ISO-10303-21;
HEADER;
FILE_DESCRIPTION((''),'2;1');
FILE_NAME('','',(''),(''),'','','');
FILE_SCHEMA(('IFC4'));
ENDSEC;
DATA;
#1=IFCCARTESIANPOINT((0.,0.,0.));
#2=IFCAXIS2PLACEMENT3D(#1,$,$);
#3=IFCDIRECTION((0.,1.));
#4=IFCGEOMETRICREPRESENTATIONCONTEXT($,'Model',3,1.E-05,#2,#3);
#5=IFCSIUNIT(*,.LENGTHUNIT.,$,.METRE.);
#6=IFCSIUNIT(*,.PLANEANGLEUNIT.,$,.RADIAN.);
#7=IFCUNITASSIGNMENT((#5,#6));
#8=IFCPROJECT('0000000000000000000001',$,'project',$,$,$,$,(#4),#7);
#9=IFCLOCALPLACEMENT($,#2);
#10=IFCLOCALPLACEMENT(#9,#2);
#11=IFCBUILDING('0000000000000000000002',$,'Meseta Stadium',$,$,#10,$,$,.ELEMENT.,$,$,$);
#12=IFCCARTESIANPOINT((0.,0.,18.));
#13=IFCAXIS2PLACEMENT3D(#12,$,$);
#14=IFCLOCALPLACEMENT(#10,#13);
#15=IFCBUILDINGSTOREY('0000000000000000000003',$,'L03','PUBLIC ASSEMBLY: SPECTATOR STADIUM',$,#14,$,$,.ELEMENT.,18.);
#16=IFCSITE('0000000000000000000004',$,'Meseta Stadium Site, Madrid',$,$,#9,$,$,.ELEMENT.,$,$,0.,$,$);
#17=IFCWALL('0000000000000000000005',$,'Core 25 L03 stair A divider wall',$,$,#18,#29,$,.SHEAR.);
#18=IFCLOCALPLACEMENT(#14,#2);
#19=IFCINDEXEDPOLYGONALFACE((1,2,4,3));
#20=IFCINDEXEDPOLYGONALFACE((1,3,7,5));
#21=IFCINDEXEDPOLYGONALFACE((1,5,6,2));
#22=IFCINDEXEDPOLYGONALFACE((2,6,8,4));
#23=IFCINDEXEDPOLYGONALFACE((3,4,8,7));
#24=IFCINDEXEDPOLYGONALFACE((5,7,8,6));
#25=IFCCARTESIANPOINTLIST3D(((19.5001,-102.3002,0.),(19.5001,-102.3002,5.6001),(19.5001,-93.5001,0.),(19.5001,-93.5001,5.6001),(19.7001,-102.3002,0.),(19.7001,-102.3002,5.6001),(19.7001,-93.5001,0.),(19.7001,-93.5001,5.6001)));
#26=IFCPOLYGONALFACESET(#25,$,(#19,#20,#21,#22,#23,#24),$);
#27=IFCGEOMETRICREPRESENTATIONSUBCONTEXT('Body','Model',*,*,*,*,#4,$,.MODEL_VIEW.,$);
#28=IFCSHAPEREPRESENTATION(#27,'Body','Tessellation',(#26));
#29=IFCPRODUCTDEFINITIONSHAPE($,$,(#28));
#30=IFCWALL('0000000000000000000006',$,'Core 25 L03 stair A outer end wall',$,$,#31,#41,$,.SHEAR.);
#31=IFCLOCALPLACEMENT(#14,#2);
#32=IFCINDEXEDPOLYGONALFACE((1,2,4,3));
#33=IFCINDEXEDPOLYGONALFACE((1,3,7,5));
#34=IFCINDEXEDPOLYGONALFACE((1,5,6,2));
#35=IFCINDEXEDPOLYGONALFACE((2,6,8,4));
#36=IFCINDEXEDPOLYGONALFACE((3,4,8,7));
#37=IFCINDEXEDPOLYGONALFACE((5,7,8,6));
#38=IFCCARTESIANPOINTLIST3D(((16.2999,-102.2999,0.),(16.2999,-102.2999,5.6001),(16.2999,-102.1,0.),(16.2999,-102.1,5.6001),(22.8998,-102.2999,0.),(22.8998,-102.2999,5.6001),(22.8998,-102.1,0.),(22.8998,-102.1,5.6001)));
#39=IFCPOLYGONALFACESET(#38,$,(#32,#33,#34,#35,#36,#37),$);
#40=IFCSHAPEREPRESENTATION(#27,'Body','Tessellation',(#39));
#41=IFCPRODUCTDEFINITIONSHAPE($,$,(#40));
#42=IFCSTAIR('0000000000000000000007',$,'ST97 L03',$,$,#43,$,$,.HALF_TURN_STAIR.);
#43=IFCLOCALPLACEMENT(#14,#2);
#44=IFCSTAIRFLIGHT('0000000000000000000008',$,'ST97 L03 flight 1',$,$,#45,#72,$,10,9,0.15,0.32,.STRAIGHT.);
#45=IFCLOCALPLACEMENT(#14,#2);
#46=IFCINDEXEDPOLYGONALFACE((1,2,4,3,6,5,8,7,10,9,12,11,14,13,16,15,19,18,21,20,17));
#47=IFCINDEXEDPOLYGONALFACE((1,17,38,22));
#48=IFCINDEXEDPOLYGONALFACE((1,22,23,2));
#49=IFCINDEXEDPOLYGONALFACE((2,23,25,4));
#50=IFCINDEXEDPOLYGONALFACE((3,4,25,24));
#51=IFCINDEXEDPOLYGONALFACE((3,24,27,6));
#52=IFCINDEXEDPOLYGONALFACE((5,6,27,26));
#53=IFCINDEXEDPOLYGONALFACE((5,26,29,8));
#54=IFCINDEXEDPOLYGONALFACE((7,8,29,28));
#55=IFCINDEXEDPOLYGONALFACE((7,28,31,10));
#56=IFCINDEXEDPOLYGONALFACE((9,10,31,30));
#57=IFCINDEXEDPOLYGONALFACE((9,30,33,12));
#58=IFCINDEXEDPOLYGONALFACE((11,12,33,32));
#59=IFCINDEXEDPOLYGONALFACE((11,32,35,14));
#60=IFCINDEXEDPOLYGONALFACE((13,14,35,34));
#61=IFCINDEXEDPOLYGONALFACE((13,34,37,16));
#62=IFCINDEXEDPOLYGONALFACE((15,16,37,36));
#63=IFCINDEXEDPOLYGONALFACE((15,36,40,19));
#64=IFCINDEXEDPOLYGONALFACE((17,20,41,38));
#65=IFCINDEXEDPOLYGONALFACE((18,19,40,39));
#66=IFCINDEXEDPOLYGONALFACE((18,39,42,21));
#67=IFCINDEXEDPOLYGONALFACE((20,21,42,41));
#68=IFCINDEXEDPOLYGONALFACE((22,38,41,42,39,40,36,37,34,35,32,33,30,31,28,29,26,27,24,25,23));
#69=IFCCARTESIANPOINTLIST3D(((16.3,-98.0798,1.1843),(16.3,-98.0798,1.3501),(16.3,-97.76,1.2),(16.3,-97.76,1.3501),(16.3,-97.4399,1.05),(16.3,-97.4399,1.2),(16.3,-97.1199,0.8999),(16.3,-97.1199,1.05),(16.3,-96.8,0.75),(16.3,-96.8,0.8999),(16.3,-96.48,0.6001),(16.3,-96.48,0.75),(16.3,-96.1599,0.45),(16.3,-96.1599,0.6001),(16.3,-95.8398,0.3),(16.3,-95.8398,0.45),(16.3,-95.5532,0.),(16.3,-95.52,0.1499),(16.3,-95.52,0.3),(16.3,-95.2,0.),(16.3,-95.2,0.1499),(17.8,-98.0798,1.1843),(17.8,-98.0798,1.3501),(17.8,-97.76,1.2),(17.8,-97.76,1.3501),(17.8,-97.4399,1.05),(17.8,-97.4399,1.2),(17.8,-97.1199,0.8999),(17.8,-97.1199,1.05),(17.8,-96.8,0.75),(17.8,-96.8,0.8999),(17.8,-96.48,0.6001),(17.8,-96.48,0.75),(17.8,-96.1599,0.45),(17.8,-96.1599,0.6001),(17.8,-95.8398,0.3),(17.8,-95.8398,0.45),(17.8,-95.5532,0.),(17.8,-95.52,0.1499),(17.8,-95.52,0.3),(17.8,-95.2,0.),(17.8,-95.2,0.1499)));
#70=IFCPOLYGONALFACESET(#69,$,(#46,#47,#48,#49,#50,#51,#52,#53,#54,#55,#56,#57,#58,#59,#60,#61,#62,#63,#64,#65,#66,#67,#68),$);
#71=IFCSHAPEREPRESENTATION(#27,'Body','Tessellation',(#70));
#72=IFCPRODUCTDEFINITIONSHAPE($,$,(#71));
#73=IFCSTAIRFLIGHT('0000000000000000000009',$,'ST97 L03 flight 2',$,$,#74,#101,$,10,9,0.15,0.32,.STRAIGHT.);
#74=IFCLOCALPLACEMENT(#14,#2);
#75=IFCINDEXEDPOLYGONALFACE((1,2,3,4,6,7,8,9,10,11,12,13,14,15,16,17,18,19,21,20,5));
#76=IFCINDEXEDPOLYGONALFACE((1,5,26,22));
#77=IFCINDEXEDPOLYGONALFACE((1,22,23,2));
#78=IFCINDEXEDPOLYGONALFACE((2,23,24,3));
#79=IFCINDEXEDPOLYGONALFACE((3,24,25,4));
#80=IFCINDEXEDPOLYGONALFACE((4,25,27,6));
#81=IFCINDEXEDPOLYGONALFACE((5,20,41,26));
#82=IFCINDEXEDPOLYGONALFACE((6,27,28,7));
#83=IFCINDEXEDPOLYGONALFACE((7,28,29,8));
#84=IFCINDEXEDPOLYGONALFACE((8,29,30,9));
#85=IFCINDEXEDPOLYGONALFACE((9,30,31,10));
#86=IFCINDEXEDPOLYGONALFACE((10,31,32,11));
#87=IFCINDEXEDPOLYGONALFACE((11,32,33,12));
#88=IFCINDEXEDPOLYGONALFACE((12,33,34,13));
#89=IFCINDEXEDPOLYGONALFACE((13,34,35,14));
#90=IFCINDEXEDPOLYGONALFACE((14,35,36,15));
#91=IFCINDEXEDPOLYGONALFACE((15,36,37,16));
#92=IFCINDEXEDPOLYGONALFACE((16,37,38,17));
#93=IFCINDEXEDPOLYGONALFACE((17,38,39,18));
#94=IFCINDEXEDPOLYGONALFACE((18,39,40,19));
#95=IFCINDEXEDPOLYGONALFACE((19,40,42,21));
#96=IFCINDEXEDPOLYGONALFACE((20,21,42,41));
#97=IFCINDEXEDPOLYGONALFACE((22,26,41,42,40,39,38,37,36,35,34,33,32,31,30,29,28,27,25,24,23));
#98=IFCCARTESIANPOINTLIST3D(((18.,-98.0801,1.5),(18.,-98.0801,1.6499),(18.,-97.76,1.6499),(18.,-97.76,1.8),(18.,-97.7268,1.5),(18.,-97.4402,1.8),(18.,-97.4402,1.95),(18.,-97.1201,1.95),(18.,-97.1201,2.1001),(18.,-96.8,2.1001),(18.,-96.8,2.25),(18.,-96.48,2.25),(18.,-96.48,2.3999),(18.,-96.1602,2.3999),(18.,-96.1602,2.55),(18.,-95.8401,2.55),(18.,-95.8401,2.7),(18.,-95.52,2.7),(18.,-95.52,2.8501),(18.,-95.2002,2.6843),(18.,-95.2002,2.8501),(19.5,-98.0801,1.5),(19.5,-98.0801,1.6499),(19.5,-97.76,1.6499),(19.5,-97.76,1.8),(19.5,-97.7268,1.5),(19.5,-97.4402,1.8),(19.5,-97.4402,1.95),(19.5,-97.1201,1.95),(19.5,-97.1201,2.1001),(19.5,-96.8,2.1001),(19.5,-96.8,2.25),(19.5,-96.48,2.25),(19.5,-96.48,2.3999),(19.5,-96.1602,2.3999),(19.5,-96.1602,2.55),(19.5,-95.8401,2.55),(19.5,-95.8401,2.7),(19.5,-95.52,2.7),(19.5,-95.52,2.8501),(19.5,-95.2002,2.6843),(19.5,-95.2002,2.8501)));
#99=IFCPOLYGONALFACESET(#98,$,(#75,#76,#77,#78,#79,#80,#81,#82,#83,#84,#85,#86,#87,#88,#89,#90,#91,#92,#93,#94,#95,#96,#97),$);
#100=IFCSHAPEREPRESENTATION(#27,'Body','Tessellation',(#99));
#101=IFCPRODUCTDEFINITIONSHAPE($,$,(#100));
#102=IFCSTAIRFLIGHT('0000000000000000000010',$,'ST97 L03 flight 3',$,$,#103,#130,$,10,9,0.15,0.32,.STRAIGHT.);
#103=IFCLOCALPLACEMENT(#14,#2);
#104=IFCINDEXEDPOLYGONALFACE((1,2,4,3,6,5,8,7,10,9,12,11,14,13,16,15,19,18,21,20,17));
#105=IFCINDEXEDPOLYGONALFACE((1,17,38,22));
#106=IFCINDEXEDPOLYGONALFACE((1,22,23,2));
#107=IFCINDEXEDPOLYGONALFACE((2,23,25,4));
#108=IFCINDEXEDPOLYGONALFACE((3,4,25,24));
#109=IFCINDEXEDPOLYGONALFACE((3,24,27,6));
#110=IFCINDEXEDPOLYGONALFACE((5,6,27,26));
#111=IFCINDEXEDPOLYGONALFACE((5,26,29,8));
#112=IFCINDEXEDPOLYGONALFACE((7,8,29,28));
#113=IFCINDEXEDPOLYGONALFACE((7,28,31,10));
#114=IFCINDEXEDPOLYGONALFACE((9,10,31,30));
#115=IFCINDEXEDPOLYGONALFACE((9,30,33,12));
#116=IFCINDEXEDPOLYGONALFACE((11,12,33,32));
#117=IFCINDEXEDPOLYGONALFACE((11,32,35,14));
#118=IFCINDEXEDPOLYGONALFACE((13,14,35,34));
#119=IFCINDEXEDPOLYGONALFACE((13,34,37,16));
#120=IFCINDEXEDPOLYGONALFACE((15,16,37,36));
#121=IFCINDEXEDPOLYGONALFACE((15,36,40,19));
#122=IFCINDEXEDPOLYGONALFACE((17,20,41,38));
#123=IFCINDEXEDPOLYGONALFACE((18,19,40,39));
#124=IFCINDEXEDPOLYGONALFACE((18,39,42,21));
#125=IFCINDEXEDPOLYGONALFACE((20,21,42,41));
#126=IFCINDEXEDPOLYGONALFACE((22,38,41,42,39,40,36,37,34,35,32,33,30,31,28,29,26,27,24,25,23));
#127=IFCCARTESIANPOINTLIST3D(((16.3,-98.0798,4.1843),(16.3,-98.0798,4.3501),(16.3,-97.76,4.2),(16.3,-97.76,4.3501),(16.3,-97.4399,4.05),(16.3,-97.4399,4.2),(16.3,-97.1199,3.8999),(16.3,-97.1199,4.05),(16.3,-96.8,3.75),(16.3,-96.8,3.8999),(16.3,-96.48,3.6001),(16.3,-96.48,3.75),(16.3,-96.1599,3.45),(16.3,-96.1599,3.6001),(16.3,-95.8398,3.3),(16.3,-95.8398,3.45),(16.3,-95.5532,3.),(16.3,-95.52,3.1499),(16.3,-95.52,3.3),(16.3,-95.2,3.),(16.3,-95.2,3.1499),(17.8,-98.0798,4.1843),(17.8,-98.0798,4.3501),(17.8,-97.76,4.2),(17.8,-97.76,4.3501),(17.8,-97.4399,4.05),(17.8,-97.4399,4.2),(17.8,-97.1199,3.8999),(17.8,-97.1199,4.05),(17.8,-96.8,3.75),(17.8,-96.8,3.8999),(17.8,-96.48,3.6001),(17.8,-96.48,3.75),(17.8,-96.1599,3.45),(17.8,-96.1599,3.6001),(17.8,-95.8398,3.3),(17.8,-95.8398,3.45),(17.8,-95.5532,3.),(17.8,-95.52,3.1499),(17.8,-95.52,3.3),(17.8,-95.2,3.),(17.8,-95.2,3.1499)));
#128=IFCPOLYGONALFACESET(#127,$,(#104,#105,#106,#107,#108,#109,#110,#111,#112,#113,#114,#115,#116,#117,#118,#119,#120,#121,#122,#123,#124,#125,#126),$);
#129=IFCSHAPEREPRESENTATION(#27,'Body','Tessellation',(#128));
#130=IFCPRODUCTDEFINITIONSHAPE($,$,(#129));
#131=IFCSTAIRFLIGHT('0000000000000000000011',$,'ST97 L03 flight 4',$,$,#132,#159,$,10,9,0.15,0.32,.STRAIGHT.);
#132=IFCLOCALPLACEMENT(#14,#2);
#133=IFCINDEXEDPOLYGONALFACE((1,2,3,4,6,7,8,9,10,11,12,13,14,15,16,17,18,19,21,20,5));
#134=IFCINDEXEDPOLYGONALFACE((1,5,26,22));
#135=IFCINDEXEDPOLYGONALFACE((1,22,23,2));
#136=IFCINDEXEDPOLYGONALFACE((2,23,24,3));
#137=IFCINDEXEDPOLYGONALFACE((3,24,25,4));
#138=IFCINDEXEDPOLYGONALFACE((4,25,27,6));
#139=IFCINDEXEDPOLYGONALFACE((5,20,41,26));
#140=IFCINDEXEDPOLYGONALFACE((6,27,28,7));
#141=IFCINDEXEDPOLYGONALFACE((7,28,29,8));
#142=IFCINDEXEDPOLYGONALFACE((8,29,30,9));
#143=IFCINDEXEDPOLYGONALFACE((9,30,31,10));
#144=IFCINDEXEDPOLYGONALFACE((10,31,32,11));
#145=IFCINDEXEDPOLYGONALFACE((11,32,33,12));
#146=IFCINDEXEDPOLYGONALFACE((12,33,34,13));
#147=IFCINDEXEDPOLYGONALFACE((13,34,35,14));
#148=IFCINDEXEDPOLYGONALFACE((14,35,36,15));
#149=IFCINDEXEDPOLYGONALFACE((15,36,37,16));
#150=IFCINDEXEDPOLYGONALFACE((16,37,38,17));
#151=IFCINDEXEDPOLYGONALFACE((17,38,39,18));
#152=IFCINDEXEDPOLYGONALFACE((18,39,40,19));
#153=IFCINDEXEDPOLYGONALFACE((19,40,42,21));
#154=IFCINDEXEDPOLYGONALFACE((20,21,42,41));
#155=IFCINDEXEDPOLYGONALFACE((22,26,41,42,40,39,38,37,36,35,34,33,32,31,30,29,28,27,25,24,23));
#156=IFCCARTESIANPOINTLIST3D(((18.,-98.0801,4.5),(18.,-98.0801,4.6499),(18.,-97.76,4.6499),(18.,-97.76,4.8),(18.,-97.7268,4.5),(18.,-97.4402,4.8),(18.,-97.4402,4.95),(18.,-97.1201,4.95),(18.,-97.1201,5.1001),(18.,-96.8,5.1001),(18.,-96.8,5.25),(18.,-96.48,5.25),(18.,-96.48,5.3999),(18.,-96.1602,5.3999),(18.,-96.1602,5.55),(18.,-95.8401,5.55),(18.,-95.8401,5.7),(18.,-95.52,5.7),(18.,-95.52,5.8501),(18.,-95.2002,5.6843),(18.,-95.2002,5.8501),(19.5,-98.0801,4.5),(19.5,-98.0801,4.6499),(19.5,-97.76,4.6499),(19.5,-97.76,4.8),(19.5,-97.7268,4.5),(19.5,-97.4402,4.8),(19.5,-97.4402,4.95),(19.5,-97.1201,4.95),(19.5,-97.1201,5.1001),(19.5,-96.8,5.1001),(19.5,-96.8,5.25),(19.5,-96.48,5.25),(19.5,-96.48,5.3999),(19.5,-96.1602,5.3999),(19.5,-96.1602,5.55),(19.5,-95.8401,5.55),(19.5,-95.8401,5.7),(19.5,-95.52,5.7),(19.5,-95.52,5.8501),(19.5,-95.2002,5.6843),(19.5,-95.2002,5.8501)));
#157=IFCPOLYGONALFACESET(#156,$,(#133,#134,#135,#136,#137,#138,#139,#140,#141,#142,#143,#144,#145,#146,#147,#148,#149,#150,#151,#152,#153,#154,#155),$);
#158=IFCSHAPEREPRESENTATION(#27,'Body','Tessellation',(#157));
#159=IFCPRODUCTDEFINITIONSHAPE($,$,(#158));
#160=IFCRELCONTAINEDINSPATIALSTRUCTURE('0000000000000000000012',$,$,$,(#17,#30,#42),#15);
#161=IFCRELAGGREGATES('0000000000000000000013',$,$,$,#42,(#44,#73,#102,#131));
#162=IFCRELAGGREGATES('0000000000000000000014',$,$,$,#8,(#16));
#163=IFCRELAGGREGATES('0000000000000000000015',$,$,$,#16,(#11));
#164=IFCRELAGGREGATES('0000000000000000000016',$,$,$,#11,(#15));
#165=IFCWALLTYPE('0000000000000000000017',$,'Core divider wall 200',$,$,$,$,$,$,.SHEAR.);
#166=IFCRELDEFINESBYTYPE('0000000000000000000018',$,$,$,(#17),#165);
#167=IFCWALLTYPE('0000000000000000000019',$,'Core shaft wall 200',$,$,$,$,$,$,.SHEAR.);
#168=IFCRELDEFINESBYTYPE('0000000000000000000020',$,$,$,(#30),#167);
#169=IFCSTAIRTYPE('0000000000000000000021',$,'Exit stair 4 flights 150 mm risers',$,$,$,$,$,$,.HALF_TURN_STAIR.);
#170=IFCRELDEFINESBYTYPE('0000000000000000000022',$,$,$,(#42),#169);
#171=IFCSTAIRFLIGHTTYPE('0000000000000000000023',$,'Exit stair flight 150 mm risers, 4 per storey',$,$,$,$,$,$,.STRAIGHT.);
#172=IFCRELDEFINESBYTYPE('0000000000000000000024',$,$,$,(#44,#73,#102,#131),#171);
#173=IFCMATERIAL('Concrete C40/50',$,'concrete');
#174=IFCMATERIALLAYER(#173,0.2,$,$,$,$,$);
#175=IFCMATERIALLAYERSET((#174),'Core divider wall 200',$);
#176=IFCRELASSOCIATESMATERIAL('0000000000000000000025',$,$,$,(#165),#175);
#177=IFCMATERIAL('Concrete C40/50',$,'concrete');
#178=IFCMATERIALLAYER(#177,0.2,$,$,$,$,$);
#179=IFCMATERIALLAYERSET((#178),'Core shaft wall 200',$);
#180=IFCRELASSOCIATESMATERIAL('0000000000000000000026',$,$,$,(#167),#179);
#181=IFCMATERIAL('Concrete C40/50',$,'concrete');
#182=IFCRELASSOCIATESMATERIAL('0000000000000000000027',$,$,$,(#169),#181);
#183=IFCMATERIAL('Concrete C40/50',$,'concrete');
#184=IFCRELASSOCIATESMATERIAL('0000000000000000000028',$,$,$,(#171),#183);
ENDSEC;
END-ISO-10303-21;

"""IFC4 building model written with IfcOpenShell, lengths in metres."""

from ifc_helpers import new_model, si_unit, direction, frame, frame_2d, origin, place, context, subcontext, project, spatial, polyline, rectangle, outline, extrude, material, layer, layer_set, type_object, element, aggregate, save


model = new_model("IFC4")

# Units and contexts
model_context = context("Model", 3, precision=1e-05, world=origin(), true_north=direction((0.0, 1.0)))
body_context = subcontext(model_context, "Body", "Model", "MODEL_VIEW")
ifc_project = project(units=[si_unit("LENGTHUNIT", "METRE"), si_unit("PLANEANGLEUNIT", "RADIAN")], contexts=[model_context])

# Site, building, storey
site_placement = place(None, origin())
site = spatial("IfcSite", under=ifc_project, at=site_placement, Name="Meseta Stadium Site, Madrid", CompositionType="ELEMENT", RefElevation=0.0)
building_placement = place(site_placement, origin())
building = spatial("IfcBuilding", under=site, at=building_placement, Name="Meseta Stadium", CompositionType="ELEMENT")
storey_placement = place(building_placement, frame((0.0, 0.0, 18.0)))
storey = spatial("IfcBuildingStorey", under=building, at=storey_placement, Name="L03", Description="PUBLIC ASSEMBLY: SPECTATOR STADIUM", CompositionType="ELEMENT", Elevation=18.0)

# Walls
ifc_material_1 = material(Name="Concrete C40/50", Category="concrete")
ifc_layer_1 = layer(ifc_material_1, 0.2)
ifc_layer_set_1 = layer_set([ifc_layer_1], Name="Core divider wall 200")
wall_type_1 = type_object("IfcWallType", Name="Core divider wall 200", PredefinedType="SHEAR", material=ifc_layer_set_1)
wall_1_placement = place(storey_placement, frame((19.6001, -102.3, 0.0), z_axis=(0.0, 0.0, 1.0), x_axis=(0.0, 1.0, 0.0)))
element("IfcWall", 1, at=wall_1_placement, inside=storey, type_object=wall_type_1, Name="Core 25 L03 stair A divider wall", PredefinedType="SHEAR", context=body_context, shape_type="SweptSolid", body=[
    extrude(rectangle(XDim=8.8, YDim=0.2, at=frame_2d((4.3999, 0.0))), origin(), (0.0, 0.0, 1.0), 5.6001),
])
ifc_material_2 = material(Name="Concrete C40/50", Category="concrete")
ifc_layer_2 = layer(ifc_material_2, 0.2)
ifc_layer_set_2 = layer_set([ifc_layer_2], Name="Core shaft wall 200")
wall_type_2 = type_object("IfcWallType", Name="Core shaft wall 200", PredefinedType="SHEAR", material=ifc_layer_set_2)
wall_2_placement = place(storey_placement, frame((16.3, -102.2, 0.0), z_axis=(0.0, 0.0, 1.0), x_axis=(1.0, 0.0, 0.0)))
element("IfcWall", 2, at=wall_2_placement, inside=storey, type_object=wall_type_2, Name="Core 25 L03 stair A outer end wall", PredefinedType="SHEAR", context=body_context, shape_type="SweptSolid", body=[
    extrude(rectangle(XDim=6.5999, YDim=0.2, at=frame_2d((3.2998, 0.0))), origin(), (0.0, 0.0, 1.0), 5.6001),
])

# Stair, stair flights
ifc_material_3 = material(Name="Concrete C40/50", Category="concrete")
stair_type = type_object("IfcStairType", Name="Exit stair 4 flights 150 mm risers", PredefinedType="HALF_TURN_STAIR", material=ifc_material_3)
stair_1_placement = place(storey_placement, origin())
stair_1 = element("IfcStair", 3, at=stair_1_placement, inside=storey, type_object=stair_type, Name="ST97 L03", PredefinedType="HALF_TURN_STAIR")
ifc_material_4 = material(Name="Concrete C40/50", Category="concrete")
stair_flight_type = type_object("IfcStairFlightType", Name="Exit stair flight 150 mm risers, 4 per storey", PredefinedType="STRAIGHT", material=ifc_material_4)
stair_flight_1_placement = place(storey_placement, frame((17.05, -95.2, 0.0), z_axis=(0.0, 0.0, 1.0), x_axis=(0.0, -1.0, 0.0)))
stair_flight_1 = element("IfcStairFlight", 4, at=stair_flight_1_placement, type_object=stair_flight_type, Name="ST97 L03 flight 1", NumberOfRisers=10, NumberOfTreads=9, PredefinedType="STRAIGHT", RiserHeight=0.15, TreadLength=0.32, context=body_context, shape_type="SweptSolid", body=[
    extrude(outline(polyline([(0.0, 0.0), (0.0, 0.1499), (0.3201, 0.1499), (0.3201, 0.3), (0.6399, 0.3), (0.6399, 0.45), (0.96, 0.45), (0.96, 0.6001), (1.28, 0.6001), (1.28, 0.75), (1.6001, 0.75), (1.6001, 0.8999), (1.9199, 0.8999), (1.9199, 1.05), (2.24, 1.05), (2.24, 1.2), (2.5601, 1.2), (2.5601, 1.3501), (2.8799, 1.3501), (2.8799, 1.1843), (0.3533, 0.0), (0.0, 0.0)])), frame((0.0, 0.75, 0.0), z_axis=(0.0, -1.0, 0.0), x_axis=(1.0, 0.0, 0.0)), (0.0, 0.0, 1.0), 1.5),
])
stair_flight_2_placement = place(storey_placement, frame((18.75, -98.0801, 1.5), z_axis=(0.0, 0.0, 1.0), x_axis=(0.0, 1.0, 0.0)))
stair_flight_2 = element("IfcStairFlight", 5, at=stair_flight_2_placement, type_object=stair_flight_type, Name="ST97 L03 flight 2", NumberOfRisers=10, NumberOfTreads=9, PredefinedType="STRAIGHT", RiserHeight=0.15, TreadLength=0.32, context=body_context, shape_type="SweptSolid", body=[
    extrude(outline(polyline([(0.0, 0.0), (0.0, 0.1499), (0.3201, 0.1499), (0.3201, 0.3), (0.6399, 0.3), (0.6399, 0.45), (0.96, 0.45), (0.96, 0.6001), (1.28, 0.6001), (1.28, 0.75), (1.6001, 0.75), (1.6001, 0.8999), (1.9199, 0.8999), (1.9199, 1.05), (2.24, 1.05), (2.24, 1.2), (2.5601, 1.2), (2.5601, 1.3501), (2.8799, 1.3501), (2.8799, 1.1843), (0.3533, 0.0), (0.0, 0.0)])), frame((0.0, 0.75, 0.0), z_axis=(0.0, -1.0, 0.0), x_axis=(1.0, 0.0, 0.0)), (0.0, 0.0, 1.0), 1.5),
])
stair_flight_3_placement = place(storey_placement, frame((17.05, -95.2, 3.0), z_axis=(0.0, 0.0, 1.0), x_axis=(0.0, -1.0, 0.0)))
stair_flight_3 = element("IfcStairFlight", 6, at=stair_flight_3_placement, type_object=stair_flight_type, Name="ST97 L03 flight 3", NumberOfRisers=10, NumberOfTreads=9, PredefinedType="STRAIGHT", RiserHeight=0.15, TreadLength=0.32, context=body_context, shape_type="SweptSolid", body=[
    extrude(outline(polyline([(0.0, 0.0), (0.0, 0.1499), (0.3201, 0.1499), (0.3201, 0.3), (0.6399, 0.3), (0.6399, 0.45), (0.96, 0.45), (0.96, 0.6001), (1.28, 0.6001), (1.28, 0.75), (1.6001, 0.75), (1.6001, 0.8999), (1.9199, 0.8999), (1.9199, 1.05), (2.24, 1.05), (2.24, 1.2), (2.5601, 1.2), (2.5601, 1.3501), (2.8799, 1.3501), (2.8799, 1.1843), (0.3533, 0.0), (0.0, 0.0)])), frame((0.0, 0.75, 0.0), z_axis=(0.0, -1.0, 0.0), x_axis=(1.0, 0.0, 0.0)), (0.0, 0.0, 1.0), 1.5),
])
stair_flight_4_placement = place(storey_placement, frame((18.75, -98.0801, 4.5), z_axis=(0.0, 0.0, 1.0), x_axis=(0.0, 1.0, 0.0)))
stair_flight_4 = element("IfcStairFlight", 7, at=stair_flight_4_placement, type_object=stair_flight_type, Name="ST97 L03 flight 4", NumberOfRisers=10, NumberOfTreads=9, PredefinedType="STRAIGHT", RiserHeight=0.15, TreadLength=0.32, context=body_context, shape_type="SweptSolid", body=[
    extrude(outline(polyline([(0.0, 0.0), (0.0, 0.1499), (0.3201, 0.1499), (0.3201, 0.3), (0.6399, 0.3), (0.6399, 0.45), (0.96, 0.45), (0.96, 0.6001), (1.28, 0.6001), (1.28, 0.75), (1.6001, 0.75), (1.6001, 0.8999), (1.9199, 0.8999), (1.9199, 1.05), (2.24, 1.05), (2.24, 1.2), (2.5601, 1.2), (2.5601, 1.3501), (2.8799, 1.3501), (2.8799, 1.1843), (0.3533, 0.0), (0.0, 0.0)])), frame((0.0, 0.75, 0.0), z_axis=(0.0, -1.0, 0.0), x_axis=(1.0, 0.0, 0.0)), (0.0, 0.0, 1.0), 1.5),
])
aggregate(stair_1, [stair_flight_1, stair_flight_2, stair_flight_3, stair_flight_4])

save(model, "model.ifc")
